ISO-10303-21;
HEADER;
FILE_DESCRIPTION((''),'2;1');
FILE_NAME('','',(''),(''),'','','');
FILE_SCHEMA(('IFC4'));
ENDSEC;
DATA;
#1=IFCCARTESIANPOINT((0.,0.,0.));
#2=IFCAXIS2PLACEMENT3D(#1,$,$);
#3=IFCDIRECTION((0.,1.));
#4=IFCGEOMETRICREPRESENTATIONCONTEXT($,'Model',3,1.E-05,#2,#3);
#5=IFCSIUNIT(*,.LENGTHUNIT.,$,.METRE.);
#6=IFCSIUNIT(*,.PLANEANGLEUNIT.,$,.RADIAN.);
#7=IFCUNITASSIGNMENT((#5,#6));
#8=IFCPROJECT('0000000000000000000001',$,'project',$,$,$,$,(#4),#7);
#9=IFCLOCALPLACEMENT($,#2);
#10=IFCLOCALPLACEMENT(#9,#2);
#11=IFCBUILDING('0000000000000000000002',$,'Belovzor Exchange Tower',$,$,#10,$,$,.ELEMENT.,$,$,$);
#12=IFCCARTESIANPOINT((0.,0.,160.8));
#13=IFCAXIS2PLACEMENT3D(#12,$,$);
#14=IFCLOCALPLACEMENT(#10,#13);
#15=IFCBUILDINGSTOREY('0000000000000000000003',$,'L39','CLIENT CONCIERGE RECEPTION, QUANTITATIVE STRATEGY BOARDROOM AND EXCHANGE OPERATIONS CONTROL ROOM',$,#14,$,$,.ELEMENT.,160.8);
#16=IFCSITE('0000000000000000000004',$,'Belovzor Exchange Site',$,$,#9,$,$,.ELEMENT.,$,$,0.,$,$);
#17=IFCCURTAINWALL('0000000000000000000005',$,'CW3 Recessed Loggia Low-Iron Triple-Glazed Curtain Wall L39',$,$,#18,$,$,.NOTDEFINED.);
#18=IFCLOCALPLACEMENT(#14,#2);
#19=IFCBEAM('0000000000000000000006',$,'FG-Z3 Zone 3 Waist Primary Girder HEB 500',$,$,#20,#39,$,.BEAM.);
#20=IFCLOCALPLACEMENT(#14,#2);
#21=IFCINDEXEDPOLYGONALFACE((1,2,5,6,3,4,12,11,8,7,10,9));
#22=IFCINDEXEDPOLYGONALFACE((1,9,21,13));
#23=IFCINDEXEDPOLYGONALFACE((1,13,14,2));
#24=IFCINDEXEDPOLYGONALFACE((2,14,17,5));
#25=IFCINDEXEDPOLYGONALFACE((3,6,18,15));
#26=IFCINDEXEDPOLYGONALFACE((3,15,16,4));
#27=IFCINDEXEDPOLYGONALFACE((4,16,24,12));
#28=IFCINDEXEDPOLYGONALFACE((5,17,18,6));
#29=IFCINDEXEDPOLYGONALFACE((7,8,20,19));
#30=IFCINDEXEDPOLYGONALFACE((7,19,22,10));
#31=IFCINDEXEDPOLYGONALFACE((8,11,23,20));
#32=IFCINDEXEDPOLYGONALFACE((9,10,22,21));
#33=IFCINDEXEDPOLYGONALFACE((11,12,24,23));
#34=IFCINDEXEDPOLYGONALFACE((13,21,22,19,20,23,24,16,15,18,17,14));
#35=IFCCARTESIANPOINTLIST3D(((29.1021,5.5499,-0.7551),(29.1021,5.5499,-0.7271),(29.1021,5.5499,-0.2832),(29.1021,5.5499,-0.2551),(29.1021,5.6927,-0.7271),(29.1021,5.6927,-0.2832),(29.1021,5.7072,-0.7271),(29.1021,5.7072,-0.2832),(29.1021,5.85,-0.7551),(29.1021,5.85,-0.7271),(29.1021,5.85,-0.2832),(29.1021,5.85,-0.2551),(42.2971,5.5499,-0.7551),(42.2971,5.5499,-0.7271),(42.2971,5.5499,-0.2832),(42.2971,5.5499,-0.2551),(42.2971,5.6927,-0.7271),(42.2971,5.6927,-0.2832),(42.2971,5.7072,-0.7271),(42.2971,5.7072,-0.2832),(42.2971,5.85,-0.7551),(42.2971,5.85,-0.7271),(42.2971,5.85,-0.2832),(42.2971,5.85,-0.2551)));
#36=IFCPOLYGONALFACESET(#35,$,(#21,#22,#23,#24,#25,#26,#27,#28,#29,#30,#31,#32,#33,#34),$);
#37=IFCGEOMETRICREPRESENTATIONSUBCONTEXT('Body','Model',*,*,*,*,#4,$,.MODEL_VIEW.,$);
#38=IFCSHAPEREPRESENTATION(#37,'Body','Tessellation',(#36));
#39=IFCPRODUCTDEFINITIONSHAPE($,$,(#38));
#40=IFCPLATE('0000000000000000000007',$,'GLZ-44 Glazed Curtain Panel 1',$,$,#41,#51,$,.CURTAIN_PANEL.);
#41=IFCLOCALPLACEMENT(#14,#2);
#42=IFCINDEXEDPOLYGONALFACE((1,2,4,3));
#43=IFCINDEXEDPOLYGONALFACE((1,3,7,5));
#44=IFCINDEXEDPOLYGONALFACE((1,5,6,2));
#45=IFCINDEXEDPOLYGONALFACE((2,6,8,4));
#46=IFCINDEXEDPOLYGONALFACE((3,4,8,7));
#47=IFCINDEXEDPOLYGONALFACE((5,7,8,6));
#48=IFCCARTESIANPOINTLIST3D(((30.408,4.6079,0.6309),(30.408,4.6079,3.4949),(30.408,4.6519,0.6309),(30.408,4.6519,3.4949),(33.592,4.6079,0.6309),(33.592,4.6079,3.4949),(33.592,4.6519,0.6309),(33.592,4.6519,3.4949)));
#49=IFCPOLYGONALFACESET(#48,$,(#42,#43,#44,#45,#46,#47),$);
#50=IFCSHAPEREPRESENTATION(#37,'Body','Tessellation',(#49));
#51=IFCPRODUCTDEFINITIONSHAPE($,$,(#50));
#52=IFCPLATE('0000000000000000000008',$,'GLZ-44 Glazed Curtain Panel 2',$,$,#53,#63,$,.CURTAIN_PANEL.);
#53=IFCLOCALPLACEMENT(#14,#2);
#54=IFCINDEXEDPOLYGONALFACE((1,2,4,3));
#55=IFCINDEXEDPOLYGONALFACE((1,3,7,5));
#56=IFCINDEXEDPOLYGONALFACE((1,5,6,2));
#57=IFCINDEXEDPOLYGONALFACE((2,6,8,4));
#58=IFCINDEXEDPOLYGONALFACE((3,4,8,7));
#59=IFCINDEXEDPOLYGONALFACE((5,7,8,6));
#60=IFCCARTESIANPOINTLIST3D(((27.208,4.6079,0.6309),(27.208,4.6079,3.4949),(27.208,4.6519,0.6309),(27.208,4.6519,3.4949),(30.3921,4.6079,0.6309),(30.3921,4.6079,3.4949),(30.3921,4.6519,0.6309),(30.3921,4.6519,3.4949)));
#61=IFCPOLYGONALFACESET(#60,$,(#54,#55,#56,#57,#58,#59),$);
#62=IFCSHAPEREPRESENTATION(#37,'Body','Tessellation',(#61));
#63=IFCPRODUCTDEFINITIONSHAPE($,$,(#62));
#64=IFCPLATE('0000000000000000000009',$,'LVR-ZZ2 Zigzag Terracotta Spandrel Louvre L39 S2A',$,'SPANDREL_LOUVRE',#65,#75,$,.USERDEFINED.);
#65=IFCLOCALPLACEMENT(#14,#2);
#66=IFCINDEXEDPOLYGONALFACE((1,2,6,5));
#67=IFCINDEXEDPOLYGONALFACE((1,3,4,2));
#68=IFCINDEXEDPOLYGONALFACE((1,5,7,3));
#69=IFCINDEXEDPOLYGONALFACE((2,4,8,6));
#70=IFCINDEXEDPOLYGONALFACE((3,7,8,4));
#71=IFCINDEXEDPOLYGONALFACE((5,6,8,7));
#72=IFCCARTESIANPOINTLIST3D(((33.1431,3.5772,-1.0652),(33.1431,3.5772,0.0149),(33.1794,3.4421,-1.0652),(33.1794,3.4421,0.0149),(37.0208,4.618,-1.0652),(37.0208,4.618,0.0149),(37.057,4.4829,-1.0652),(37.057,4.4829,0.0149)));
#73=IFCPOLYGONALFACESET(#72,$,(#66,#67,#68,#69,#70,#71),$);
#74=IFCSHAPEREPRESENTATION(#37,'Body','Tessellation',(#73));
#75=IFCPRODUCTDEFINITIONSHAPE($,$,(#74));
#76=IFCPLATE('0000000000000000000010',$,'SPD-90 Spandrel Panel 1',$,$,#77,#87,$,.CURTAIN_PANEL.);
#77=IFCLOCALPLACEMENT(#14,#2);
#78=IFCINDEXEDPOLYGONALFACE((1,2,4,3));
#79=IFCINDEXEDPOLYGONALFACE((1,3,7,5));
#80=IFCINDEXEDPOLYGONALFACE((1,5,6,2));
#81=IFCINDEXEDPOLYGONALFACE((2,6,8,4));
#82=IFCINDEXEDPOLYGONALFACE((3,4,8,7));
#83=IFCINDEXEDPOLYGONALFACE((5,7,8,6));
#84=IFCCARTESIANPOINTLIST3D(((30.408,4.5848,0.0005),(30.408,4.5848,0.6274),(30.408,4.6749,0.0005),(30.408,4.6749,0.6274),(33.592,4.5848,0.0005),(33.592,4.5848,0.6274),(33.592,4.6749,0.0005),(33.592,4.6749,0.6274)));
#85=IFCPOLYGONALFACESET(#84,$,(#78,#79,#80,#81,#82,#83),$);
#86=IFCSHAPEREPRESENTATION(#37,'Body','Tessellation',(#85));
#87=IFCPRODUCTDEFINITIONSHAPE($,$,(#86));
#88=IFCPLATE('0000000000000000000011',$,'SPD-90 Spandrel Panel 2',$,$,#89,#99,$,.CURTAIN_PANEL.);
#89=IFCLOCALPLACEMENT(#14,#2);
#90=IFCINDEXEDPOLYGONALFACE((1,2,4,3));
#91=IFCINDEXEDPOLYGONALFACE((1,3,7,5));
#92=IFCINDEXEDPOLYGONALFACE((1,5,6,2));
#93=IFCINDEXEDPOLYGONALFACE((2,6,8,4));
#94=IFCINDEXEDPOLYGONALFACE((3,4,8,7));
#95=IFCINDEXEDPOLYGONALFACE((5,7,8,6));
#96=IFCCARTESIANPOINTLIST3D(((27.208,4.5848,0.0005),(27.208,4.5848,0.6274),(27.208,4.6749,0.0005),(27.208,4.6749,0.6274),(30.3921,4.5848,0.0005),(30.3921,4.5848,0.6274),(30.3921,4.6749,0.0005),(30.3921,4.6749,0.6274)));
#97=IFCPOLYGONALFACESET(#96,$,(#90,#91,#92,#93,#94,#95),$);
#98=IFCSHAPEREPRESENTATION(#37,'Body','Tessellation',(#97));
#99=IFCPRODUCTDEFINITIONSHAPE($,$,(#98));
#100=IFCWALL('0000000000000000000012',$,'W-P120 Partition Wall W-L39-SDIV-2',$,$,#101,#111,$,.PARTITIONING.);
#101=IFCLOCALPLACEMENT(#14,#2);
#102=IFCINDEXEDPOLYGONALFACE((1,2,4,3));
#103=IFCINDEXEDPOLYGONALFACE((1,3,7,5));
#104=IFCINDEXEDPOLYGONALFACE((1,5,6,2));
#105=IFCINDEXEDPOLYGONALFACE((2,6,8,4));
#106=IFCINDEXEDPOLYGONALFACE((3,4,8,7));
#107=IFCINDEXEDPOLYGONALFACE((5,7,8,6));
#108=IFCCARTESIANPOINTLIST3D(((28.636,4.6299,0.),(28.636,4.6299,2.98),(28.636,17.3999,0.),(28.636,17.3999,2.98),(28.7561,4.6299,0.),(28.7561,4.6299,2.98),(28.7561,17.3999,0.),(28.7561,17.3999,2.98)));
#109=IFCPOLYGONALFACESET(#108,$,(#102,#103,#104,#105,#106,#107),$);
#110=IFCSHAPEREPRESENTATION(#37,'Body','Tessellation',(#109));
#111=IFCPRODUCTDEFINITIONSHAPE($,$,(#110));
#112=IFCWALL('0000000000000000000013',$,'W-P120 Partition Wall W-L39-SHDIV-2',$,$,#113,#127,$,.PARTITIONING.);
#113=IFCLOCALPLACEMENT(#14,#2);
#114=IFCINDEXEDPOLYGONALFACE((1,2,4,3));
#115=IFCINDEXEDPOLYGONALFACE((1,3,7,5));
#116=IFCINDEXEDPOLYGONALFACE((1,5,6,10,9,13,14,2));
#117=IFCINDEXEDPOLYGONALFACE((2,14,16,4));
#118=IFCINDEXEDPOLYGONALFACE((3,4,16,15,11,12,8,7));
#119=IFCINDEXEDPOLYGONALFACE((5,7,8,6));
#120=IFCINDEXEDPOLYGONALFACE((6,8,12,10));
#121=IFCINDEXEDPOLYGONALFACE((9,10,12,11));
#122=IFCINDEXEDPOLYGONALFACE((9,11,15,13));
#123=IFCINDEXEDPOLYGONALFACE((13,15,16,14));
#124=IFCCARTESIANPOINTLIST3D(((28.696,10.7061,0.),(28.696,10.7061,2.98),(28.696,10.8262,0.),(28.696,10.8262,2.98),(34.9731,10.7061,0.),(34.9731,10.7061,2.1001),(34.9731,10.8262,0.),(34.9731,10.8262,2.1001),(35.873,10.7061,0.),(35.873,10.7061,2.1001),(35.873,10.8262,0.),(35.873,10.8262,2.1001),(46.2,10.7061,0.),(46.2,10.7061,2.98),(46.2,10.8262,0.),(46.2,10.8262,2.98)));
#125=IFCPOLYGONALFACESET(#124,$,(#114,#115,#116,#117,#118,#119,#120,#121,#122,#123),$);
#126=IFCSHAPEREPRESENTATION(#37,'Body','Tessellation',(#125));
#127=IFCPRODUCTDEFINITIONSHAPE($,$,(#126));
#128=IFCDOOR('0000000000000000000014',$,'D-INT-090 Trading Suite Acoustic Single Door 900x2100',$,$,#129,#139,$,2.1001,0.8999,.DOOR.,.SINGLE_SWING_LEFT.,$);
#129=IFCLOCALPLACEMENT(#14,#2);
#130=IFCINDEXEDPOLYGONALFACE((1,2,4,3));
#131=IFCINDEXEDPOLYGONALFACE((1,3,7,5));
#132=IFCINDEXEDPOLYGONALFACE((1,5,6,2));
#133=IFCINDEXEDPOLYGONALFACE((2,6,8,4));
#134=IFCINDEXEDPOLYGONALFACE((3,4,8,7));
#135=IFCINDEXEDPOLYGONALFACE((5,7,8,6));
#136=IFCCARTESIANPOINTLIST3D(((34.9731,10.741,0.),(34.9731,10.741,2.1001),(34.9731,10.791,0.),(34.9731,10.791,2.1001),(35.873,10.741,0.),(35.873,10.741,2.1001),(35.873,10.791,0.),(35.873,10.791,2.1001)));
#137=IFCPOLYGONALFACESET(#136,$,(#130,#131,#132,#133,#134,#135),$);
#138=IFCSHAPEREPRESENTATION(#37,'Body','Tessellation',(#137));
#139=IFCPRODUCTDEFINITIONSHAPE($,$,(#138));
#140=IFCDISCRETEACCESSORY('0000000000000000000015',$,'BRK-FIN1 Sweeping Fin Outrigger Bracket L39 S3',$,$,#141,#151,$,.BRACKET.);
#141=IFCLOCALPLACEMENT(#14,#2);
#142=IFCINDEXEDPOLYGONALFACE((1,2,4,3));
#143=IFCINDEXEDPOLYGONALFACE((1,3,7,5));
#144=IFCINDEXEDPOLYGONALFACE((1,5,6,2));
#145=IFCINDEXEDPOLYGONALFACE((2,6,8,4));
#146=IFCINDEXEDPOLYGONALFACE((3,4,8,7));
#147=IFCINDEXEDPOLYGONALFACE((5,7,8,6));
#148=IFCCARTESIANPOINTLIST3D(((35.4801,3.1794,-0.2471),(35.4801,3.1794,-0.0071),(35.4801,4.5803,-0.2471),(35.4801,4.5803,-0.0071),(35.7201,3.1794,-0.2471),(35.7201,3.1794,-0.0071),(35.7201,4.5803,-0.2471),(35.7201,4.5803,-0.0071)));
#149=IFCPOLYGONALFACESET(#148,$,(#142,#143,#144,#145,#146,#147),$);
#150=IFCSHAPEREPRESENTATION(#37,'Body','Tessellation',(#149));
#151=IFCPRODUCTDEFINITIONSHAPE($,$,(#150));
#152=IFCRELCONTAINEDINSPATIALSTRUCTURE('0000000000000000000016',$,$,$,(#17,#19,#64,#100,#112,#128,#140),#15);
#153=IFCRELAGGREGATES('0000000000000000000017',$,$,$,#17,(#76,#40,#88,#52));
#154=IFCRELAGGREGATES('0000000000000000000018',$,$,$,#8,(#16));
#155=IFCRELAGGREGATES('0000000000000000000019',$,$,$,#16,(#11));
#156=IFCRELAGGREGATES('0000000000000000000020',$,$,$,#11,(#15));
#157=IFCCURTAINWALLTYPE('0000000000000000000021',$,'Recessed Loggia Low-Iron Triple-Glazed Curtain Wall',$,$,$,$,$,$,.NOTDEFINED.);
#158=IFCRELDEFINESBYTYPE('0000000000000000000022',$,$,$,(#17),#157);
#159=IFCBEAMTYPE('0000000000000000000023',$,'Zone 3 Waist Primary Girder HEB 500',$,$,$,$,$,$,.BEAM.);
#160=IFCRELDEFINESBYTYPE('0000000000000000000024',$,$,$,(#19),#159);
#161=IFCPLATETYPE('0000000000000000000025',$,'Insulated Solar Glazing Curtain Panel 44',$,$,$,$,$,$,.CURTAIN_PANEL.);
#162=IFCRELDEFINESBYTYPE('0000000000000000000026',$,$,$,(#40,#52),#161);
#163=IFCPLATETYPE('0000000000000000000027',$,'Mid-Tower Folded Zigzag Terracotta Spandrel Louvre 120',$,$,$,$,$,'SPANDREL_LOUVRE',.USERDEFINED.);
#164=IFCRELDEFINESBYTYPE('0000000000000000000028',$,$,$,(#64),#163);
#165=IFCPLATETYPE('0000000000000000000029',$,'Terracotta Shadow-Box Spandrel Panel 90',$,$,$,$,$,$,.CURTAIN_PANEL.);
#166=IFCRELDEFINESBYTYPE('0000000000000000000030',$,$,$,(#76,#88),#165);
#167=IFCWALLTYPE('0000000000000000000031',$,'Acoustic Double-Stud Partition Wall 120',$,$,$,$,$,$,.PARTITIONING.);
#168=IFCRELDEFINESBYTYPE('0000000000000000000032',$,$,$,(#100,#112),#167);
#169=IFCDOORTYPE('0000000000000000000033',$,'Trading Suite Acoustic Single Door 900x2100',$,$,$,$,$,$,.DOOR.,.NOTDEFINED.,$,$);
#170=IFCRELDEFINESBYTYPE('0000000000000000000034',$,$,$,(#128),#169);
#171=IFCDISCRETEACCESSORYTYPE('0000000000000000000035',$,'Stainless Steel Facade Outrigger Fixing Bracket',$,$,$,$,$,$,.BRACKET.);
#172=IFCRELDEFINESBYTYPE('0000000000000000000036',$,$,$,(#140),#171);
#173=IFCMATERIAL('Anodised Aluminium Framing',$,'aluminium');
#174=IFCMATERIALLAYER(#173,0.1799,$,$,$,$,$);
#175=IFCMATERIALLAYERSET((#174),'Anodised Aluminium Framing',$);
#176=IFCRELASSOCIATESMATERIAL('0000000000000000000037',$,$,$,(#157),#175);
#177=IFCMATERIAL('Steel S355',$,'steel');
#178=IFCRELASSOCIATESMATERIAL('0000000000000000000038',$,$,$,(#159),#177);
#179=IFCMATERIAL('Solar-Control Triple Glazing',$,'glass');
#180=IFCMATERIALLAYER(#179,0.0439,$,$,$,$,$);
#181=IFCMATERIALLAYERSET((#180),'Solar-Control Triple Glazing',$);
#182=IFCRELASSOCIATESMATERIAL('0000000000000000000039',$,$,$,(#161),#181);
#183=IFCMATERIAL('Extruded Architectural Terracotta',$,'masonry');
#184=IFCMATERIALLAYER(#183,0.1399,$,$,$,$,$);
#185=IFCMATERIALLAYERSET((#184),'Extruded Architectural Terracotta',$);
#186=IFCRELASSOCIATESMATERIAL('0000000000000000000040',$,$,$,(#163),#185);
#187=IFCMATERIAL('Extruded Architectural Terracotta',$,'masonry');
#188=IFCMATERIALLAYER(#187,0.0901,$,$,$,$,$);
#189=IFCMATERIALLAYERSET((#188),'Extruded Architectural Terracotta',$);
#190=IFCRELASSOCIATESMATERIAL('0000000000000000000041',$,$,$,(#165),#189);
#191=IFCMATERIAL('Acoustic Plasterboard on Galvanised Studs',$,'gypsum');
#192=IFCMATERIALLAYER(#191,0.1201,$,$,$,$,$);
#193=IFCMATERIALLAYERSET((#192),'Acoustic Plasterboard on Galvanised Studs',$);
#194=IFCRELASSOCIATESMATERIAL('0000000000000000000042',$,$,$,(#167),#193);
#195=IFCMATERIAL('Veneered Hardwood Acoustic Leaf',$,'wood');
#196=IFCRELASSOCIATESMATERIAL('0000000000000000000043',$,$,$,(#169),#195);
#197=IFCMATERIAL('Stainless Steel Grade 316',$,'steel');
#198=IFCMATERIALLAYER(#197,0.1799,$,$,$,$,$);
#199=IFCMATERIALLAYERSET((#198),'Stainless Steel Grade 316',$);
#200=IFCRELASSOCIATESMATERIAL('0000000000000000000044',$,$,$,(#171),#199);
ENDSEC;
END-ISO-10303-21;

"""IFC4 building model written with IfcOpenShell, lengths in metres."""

from ifc_helpers import new_model, si_unit, direction, frame, frame_2d, origin, origin_2d, place, context, subcontext, project, spatial, rectangle, i_section, extrude, material, layer, layer_set, material_profile, profile_set, type_object, element, fill, aggregate, save


model = new_model("IFC4")

# Units and contexts
model_context = context("Model", 3, precision=1e-05, world=origin(), true_north=direction((0.0, 1.0)))
body_context = subcontext(model_context, "Body", "Model", "MODEL_VIEW")
ifc_project = project(units=[si_unit("LENGTHUNIT", "METRE"), si_unit("PLANEANGLEUNIT", "RADIAN")], contexts=[model_context])

# Site, building, storey
site_placement = place(None, origin())
site = spatial("IfcSite", under=ifc_project, at=site_placement, Name="Belovzor Exchange Site", CompositionType="ELEMENT", RefElevation=0.0)
building_placement = place(site_placement, origin())
building = spatial("IfcBuilding", under=site, at=building_placement, Name="Belovzor Exchange Tower", CompositionType="ELEMENT")
storey_placement = place(building_placement, frame((0.0, 0.0, 160.8)))
storey = spatial("IfcBuildingStorey", under=building, at=storey_placement, Name="L39", Description="CLIENT CONCIERGE RECEPTION, QUANTITATIVE STRATEGY BOARDROOM AND EXCHANGE OPERATIONS CONTROL ROOM", CompositionType="ELEMENT", Elevation=160.8)

# Curtain wall
ifc_material_1 = material(Name="Anodised Aluminium Framing", Category="aluminium")
ifc_layer_1 = layer(ifc_material_1, 0.1799)
ifc_layer_set_1 = layer_set([ifc_layer_1], Name="Anodised Aluminium Framing")
curtain_wall_type = type_object("IfcCurtainWallType", Name="Recessed Loggia Low-Iron Triple-Glazed Curtain Wall", PredefinedType="NOTDEFINED", material=ifc_layer_set_1)
curtain_wall_placement = place(storey_placement, origin())
curtain_wall = element("IfcCurtainWall", 1, at=curtain_wall_placement, inside=storey, type_object=curtain_wall_type, Name="CW3 Recessed Loggia Low-Iron Triple-Glazed Curtain Wall L39", PredefinedType="NOTDEFINED")

# Beam
ifc_material_2 = material(Name="Steel S355", Category="steel")
ifc_material_profile_1 = material_profile(ifc_material_2, i_section(OverallWidth=0.3, OverallDepth=0.5, WebThickness=0.0144, FlangeThickness=0.0281, at=origin_2d()))
ifc_profile_set_1 = profile_set([ifc_material_profile_1], Name="Steel S355")
beam_type_1 = type_object("IfcBeamType", Name="Zone 3 Waist Primary Girder HEB 500", PredefinedType="BEAM", material=ifc_profile_set_1)
beam_1_placement = place(storey_placement, frame((29.1021, 5.7, -0.5051), z_axis=(1.0, 0.0, 0.0), x_axis=(0.0, 1.0, 0.0)))
element("IfcBeam", 2, at=beam_1_placement, inside=storey, type_object=beam_type_1, Name="FG-Z3 Zone 3 Waist Primary Girder HEB 500", PredefinedType="BEAM", context=body_context, shape_type="SweptSolid", body=[
    extrude(i_section(OverallWidth=0.3, OverallDepth=0.5, WebThickness=0.0144, FlangeThickness=0.0281, at=origin_2d()), origin(), (0.0, 0.0, 1.0), 13.1951),
])

# Plates
ifc_material_3 = material(Name="Solar-Control Triple Glazing", Category="glass")
ifc_layer_2 = layer(ifc_material_3, 0.0439)
ifc_layer_set_2 = layer_set([ifc_layer_2], Name="Solar-Control Triple Glazing")
plate_type_1 = type_object("IfcPlateType", Name="Insulated Solar Glazing Curtain Panel 44", PredefinedType="CURTAIN_PANEL", material=ifc_layer_set_2)
plate_1_placement = place(storey_placement, frame((32.0, 4.6299, 0.6309), z_axis=(0.0, 0.0, 1.0), x_axis=(-1.0, 0.0, 0.0)))
plate_1 = element("IfcPlate", 3, at=plate_1_placement, type_object=plate_type_1, Name="GLZ-44 Glazed Curtain Panel 1", PredefinedType="CURTAIN_PANEL", context=body_context, shape_type="SweptSolid", body=[
    extrude(rectangle(XDim=3.1841, YDim=0.0439, at=origin_2d()), origin(), (0.0, 0.0, 1.0), 2.864),
])
plate_2_placement = place(storey_placement, frame((28.8, 4.6299, 0.6309), z_axis=(0.0, 0.0, 1.0), x_axis=(-1.0, 0.0, 0.0)))
plate_2 = element("IfcPlate", 4, at=plate_2_placement, type_object=plate_type_1, Name="GLZ-44 Glazed Curtain Panel 2", PredefinedType="CURTAIN_PANEL", context=body_context, shape_type="SweptSolid", body=[
    extrude(rectangle(XDim=3.1841, YDim=0.0439, at=origin_2d()), origin(), (0.0, 0.0, 1.0), 2.864),
])
ifc_material_4 = material(Name="Extruded Architectural Terracotta", Category="masonry")
ifc_layer_3 = layer(ifc_material_4, 0.1399)
ifc_layer_set_3 = layer_set([ifc_layer_3], Name="Extruded Architectural Terracotta")
plate_type_2 = type_object("IfcPlateType", Name="Mid-Tower Folded Zigzag Terracotta Spandrel Louvre 120", ElementType="SPANDREL_LOUVRE", PredefinedType="USERDEFINED", material=ifc_layer_set_3)
plate_3_placement = place(storey_placement, frame((35.1001, 4.03, -1.0652), z_axis=(0.0, 0.0, 1.0), x_axis=(0.965813, 0.25924, 0.0)))
element("IfcPlate", 5, at=plate_3_placement, inside=storey, type_object=plate_type_2, Name="LVR-ZZ2 Zigzag Terracotta Spandrel Louvre L39 S2A", ObjectType="SPANDREL_LOUVRE", PredefinedType="USERDEFINED", context=body_context, shape_type="SweptSolid", body=[
    extrude(rectangle(XDim=4.0149, YDim=0.1399, at=origin_2d()), origin(), (0.0, 0.0, 1.0), 1.0801),
])
ifc_material_5 = material(Name="Extruded Architectural Terracotta", Category="masonry")
ifc_layer_4 = layer(ifc_material_5, 0.0901)
ifc_layer_set_4 = layer_set([ifc_layer_4], Name="Extruded Architectural Terracotta")
plate_type_3 = type_object("IfcPlateType", Name="Terracotta Shadow-Box Spandrel Panel 90", PredefinedType="CURTAIN_PANEL", material=ifc_layer_set_4)
plate_4_placement = place(storey_placement, frame((32.0, 4.6299, 0.0005), z_axis=(0.0, 0.0, 1.0), x_axis=(-1.0, 0.0, 0.0)))
plate_4 = element("IfcPlate", 6, at=plate_4_placement, type_object=plate_type_3, Name="SPD-90 Spandrel Panel 1", PredefinedType="CURTAIN_PANEL", context=body_context, shape_type="SweptSolid", body=[
    extrude(rectangle(XDim=3.1841, YDim=0.0901, at=origin_2d()), origin(), (0.0, 0.0, 1.0), 0.627),
])
plate_5_placement = place(storey_placement, frame((28.8, 4.6299, 0.0005), z_axis=(0.0, 0.0, 1.0), x_axis=(-1.0, 0.0, 0.0)))
plate_5 = element("IfcPlate", 7, at=plate_5_placement, type_object=plate_type_3, Name="SPD-90 Spandrel Panel 2", PredefinedType="CURTAIN_PANEL", context=body_context, shape_type="SweptSolid", body=[
    extrude(rectangle(XDim=3.1841, YDim=0.0901, at=origin_2d()), origin(), (0.0, 0.0, 1.0), 0.627),
])
aggregate(curtain_wall, [plate_4, plate_1, plate_5, plate_2])

# Wall
ifc_material_6 = material(Name="Acoustic Plasterboard on Galvanised Studs", Category="gypsum")
ifc_layer_5 = layer(ifc_material_6, 0.1201)
ifc_layer_set_5 = layer_set([ifc_layer_5], Name="Acoustic Plasterboard on Galvanised Studs")
wall_type = type_object("IfcWallType", Name="Acoustic Double-Stud Partition Wall 120", PredefinedType="PARTITIONING", material=ifc_layer_set_5)
wall_1_placement = place(storey_placement, frame((28.696, 4.6299, 0.0), z_axis=(0.0, 0.0, 1.0), x_axis=(0.0, 1.0, 0.0)))
element("IfcWall", 8, at=wall_1_placement, inside=storey, type_object=wall_type, Name="W-P120 Partition Wall W-L39-SDIV-2", PredefinedType="PARTITIONING", context=body_context, shape_type="SweptSolid", body=[
    extrude(rectangle(XDim=12.77, YDim=0.1201, at=frame_2d((6.385, 0.0))), origin(), (0.0, 0.0, 1.0), 2.98),
])

# Wall, opening, door
wall_2_placement = place(storey_placement, frame((28.696, 10.7661, 0.0), z_axis=(0.0, 0.0, 1.0), x_axis=(1.0, 0.0, 0.0)))
wall_2 = element("IfcWall", 9, at=wall_2_placement, inside=storey, type_object=wall_type, Name="W-P120 Partition Wall W-L39-SHDIV-2", PredefinedType="PARTITIONING", context=body_context, shape_type="SweptSolid", body=[
    extrude(rectangle(XDim=17.5039, YDim=0.1201, at=frame_2d((8.752, 0.0))), origin(), (0.0, 0.0, 1.0), 2.98),
])
opening_placement = place(wall_2_placement, frame((6.2771, 0.0, 0.0)))
opening = element("IfcOpeningElement", 10, at=opening_placement, cuts=wall_2, PredefinedType="OPENING", context=body_context, shape_type="SweptSolid", body=[
    extrude(rectangle(XDim=0.8999, YDim=2.1001, at=frame_2d((0.45, 1.05))), frame((0.0, 0.0701, 0.0), z_axis=(0.0, -1.0, 0.0), x_axis=(1.0, 0.0, 0.0)), (0.0, 0.0, 1.0), 0.1401),
])
ifc_material_7 = material(Name="Veneered Hardwood Acoustic Leaf", Category="wood")
door_type = type_object("IfcDoorType", Name="Trading Suite Acoustic Single Door 900x2100", OperationType="NOTDEFINED", PredefinedType="DOOR", material=ifc_material_7)
door_placement = place(opening_placement, origin())
door = element("IfcDoor", 11, at=door_placement, inside=storey, type_object=door_type, Name="D-INT-090 Trading Suite Acoustic Single Door 900x2100", OperationType="SINGLE_SWING_LEFT", OverallHeight=2.1001, OverallWidth=0.8999, PredefinedType="DOOR", context=body_context, shape_type="SweptSolid", body=[
    extrude(rectangle(XDim=0.8999, YDim=2.1001, at=frame_2d((0.45, 1.05))), frame((0.0, 0.0249, 0.0), z_axis=(0.0, -1.0, 0.0), x_axis=(1.0, 0.0, 0.0)), (0.0, 0.0, 1.0), 0.05),
])
fill(opening, door)

# Discrete accessory
ifc_material_8 = material(Name="Stainless Steel Grade 316", Category="steel")
ifc_layer_6 = layer(ifc_material_8, 0.1799)
ifc_layer_set_6 = layer_set([ifc_layer_6], Name="Stainless Steel Grade 316")
discrete_accessory_type = type_object("IfcDiscreteAccessoryType", Name="Stainless Steel Facade Outrigger Fixing Bracket", PredefinedType="BRACKET", material=ifc_layer_set_6)
discrete_accessory_placement = place(storey_placement, frame((35.6001, 3.8799, -0.2471), z_axis=(0.0, 0.0, 1.0), x_axis=(0.0, 1.0, 0.0)))
element("IfcDiscreteAccessory", 12, at=discrete_accessory_placement, inside=storey, type_object=discrete_accessory_type, Name="BRK-FIN1 Sweeping Fin Outrigger Bracket L39 S3", PredefinedType="BRACKET", context=body_context, shape_type="SweptSolid", body=[
    extrude(rectangle(XDim=1.4009, YDim=0.24, at=origin_2d()), origin(), (0.0, 0.0, 1.0), 0.24),
])

save(model, "model.ifc")
